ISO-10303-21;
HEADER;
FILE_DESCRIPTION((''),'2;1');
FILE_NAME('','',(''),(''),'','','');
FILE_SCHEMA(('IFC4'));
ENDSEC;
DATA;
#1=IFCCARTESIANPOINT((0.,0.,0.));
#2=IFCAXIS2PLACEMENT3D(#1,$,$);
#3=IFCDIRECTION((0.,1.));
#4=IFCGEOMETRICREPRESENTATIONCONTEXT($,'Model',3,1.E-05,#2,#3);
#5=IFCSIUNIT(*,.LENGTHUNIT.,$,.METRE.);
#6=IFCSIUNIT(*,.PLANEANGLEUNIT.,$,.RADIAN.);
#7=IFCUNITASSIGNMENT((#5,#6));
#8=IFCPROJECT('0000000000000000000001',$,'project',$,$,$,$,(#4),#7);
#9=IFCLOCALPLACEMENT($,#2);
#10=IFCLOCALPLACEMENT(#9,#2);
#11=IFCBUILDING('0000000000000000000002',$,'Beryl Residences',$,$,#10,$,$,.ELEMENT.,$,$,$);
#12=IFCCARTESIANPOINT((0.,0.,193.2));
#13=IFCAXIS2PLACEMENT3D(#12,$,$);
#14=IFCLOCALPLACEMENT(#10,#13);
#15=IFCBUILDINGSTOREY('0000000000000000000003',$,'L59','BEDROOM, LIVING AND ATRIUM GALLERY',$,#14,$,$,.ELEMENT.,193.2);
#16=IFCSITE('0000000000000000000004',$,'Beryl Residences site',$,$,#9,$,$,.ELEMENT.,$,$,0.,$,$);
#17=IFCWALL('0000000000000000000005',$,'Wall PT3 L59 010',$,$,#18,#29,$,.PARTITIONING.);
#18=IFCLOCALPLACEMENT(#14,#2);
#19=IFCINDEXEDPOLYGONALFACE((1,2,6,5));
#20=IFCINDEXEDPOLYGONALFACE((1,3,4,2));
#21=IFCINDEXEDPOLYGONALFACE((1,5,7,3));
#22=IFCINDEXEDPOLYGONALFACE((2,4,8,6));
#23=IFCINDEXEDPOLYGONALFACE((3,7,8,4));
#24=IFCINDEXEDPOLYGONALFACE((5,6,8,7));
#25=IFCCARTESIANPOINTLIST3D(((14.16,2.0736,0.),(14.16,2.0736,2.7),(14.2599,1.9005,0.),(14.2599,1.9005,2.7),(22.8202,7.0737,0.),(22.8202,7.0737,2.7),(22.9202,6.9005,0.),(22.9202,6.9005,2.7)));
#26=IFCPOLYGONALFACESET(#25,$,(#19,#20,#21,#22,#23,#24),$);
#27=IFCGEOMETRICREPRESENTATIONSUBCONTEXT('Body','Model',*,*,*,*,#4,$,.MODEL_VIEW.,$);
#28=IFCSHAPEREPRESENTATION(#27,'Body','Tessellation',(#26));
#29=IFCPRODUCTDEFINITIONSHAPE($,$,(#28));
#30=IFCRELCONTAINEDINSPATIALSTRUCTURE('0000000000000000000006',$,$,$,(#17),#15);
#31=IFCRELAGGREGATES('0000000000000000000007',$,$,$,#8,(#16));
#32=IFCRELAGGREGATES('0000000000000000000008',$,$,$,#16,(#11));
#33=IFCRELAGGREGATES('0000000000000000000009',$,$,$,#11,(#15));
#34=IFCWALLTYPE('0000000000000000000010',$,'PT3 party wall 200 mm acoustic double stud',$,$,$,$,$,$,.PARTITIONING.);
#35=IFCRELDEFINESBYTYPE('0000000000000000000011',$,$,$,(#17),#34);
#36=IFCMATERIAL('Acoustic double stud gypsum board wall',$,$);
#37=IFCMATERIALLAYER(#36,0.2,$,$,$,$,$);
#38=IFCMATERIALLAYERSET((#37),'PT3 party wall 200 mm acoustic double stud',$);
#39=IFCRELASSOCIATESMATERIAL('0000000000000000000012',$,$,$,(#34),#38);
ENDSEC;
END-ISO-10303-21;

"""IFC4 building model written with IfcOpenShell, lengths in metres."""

from ifc_helpers import new_model, si_unit, direction, frame, frame_2d, origin, place, context, subcontext, project, spatial, rectangle, extrude, material, layer, layer_set, type_object, element, save


model = new_model("IFC4")

# Units and contexts
model_context = context("Model", 3, precision=1e-05, world=origin(), true_north=direction((0.0, 1.0)))
body_context = subcontext(model_context, "Body", "Model", "MODEL_VIEW")
ifc_project = project(units=[si_unit("LENGTHUNIT", "METRE"), si_unit("PLANEANGLEUNIT", "RADIAN")], contexts=[model_context])

# Site, building, storey
site_placement = place(None, origin())
site = spatial("IfcSite", under=ifc_project, at=site_placement, Name="Beryl Residences site", CompositionType="ELEMENT", RefElevation=0.0)
building_placement = place(site_placement, origin())
building = spatial("IfcBuilding", under=site, at=building_placement, Name="Beryl Residences", CompositionType="ELEMENT")
storey_placement = place(building_placement, frame((0.0, 0.0, 193.2)))
storey = spatial("IfcBuildingStorey", under=building, at=storey_placement, Name="L59", Description="BEDROOM, LIVING AND ATRIUM GALLERY", CompositionType="ELEMENT", Elevation=193.2)

# Wall
ifc_material_1 = material(Name="Acoustic double stud gypsum board wall")
ifc_layer_1 = layer(ifc_material_1, 0.2)
ifc_layer_set_1 = layer_set([ifc_layer_1], Name="PT3 party wall 200 mm acoustic double stud")
wall_type_1 = type_object("IfcWallType", Name="PT3 party wall 200 mm acoustic double stud", PredefinedType="PARTITIONING", material=ifc_layer_set_1)
wall_1_placement = place(storey_placement, frame((14.21, 1.9871, 0.0), z_axis=(0.0, 0.0, 1.0), x_axis=(0.866023, 0.500004, 0.0)))
element("IfcWall", 1, at=wall_1_placement, inside=storey, type_object=wall_type_1, Name="Wall PT3 L59 010", PredefinedType="PARTITIONING", context=body_context, shape_type="SweptSolid", body=[
    extrude(rectangle(XDim=10.0, YDim=0.2, at=frame_2d((5.0, 0.0))), origin(), (0.0, 0.0, 1.0), 2.7),
])

save(model, "model.ifc")
